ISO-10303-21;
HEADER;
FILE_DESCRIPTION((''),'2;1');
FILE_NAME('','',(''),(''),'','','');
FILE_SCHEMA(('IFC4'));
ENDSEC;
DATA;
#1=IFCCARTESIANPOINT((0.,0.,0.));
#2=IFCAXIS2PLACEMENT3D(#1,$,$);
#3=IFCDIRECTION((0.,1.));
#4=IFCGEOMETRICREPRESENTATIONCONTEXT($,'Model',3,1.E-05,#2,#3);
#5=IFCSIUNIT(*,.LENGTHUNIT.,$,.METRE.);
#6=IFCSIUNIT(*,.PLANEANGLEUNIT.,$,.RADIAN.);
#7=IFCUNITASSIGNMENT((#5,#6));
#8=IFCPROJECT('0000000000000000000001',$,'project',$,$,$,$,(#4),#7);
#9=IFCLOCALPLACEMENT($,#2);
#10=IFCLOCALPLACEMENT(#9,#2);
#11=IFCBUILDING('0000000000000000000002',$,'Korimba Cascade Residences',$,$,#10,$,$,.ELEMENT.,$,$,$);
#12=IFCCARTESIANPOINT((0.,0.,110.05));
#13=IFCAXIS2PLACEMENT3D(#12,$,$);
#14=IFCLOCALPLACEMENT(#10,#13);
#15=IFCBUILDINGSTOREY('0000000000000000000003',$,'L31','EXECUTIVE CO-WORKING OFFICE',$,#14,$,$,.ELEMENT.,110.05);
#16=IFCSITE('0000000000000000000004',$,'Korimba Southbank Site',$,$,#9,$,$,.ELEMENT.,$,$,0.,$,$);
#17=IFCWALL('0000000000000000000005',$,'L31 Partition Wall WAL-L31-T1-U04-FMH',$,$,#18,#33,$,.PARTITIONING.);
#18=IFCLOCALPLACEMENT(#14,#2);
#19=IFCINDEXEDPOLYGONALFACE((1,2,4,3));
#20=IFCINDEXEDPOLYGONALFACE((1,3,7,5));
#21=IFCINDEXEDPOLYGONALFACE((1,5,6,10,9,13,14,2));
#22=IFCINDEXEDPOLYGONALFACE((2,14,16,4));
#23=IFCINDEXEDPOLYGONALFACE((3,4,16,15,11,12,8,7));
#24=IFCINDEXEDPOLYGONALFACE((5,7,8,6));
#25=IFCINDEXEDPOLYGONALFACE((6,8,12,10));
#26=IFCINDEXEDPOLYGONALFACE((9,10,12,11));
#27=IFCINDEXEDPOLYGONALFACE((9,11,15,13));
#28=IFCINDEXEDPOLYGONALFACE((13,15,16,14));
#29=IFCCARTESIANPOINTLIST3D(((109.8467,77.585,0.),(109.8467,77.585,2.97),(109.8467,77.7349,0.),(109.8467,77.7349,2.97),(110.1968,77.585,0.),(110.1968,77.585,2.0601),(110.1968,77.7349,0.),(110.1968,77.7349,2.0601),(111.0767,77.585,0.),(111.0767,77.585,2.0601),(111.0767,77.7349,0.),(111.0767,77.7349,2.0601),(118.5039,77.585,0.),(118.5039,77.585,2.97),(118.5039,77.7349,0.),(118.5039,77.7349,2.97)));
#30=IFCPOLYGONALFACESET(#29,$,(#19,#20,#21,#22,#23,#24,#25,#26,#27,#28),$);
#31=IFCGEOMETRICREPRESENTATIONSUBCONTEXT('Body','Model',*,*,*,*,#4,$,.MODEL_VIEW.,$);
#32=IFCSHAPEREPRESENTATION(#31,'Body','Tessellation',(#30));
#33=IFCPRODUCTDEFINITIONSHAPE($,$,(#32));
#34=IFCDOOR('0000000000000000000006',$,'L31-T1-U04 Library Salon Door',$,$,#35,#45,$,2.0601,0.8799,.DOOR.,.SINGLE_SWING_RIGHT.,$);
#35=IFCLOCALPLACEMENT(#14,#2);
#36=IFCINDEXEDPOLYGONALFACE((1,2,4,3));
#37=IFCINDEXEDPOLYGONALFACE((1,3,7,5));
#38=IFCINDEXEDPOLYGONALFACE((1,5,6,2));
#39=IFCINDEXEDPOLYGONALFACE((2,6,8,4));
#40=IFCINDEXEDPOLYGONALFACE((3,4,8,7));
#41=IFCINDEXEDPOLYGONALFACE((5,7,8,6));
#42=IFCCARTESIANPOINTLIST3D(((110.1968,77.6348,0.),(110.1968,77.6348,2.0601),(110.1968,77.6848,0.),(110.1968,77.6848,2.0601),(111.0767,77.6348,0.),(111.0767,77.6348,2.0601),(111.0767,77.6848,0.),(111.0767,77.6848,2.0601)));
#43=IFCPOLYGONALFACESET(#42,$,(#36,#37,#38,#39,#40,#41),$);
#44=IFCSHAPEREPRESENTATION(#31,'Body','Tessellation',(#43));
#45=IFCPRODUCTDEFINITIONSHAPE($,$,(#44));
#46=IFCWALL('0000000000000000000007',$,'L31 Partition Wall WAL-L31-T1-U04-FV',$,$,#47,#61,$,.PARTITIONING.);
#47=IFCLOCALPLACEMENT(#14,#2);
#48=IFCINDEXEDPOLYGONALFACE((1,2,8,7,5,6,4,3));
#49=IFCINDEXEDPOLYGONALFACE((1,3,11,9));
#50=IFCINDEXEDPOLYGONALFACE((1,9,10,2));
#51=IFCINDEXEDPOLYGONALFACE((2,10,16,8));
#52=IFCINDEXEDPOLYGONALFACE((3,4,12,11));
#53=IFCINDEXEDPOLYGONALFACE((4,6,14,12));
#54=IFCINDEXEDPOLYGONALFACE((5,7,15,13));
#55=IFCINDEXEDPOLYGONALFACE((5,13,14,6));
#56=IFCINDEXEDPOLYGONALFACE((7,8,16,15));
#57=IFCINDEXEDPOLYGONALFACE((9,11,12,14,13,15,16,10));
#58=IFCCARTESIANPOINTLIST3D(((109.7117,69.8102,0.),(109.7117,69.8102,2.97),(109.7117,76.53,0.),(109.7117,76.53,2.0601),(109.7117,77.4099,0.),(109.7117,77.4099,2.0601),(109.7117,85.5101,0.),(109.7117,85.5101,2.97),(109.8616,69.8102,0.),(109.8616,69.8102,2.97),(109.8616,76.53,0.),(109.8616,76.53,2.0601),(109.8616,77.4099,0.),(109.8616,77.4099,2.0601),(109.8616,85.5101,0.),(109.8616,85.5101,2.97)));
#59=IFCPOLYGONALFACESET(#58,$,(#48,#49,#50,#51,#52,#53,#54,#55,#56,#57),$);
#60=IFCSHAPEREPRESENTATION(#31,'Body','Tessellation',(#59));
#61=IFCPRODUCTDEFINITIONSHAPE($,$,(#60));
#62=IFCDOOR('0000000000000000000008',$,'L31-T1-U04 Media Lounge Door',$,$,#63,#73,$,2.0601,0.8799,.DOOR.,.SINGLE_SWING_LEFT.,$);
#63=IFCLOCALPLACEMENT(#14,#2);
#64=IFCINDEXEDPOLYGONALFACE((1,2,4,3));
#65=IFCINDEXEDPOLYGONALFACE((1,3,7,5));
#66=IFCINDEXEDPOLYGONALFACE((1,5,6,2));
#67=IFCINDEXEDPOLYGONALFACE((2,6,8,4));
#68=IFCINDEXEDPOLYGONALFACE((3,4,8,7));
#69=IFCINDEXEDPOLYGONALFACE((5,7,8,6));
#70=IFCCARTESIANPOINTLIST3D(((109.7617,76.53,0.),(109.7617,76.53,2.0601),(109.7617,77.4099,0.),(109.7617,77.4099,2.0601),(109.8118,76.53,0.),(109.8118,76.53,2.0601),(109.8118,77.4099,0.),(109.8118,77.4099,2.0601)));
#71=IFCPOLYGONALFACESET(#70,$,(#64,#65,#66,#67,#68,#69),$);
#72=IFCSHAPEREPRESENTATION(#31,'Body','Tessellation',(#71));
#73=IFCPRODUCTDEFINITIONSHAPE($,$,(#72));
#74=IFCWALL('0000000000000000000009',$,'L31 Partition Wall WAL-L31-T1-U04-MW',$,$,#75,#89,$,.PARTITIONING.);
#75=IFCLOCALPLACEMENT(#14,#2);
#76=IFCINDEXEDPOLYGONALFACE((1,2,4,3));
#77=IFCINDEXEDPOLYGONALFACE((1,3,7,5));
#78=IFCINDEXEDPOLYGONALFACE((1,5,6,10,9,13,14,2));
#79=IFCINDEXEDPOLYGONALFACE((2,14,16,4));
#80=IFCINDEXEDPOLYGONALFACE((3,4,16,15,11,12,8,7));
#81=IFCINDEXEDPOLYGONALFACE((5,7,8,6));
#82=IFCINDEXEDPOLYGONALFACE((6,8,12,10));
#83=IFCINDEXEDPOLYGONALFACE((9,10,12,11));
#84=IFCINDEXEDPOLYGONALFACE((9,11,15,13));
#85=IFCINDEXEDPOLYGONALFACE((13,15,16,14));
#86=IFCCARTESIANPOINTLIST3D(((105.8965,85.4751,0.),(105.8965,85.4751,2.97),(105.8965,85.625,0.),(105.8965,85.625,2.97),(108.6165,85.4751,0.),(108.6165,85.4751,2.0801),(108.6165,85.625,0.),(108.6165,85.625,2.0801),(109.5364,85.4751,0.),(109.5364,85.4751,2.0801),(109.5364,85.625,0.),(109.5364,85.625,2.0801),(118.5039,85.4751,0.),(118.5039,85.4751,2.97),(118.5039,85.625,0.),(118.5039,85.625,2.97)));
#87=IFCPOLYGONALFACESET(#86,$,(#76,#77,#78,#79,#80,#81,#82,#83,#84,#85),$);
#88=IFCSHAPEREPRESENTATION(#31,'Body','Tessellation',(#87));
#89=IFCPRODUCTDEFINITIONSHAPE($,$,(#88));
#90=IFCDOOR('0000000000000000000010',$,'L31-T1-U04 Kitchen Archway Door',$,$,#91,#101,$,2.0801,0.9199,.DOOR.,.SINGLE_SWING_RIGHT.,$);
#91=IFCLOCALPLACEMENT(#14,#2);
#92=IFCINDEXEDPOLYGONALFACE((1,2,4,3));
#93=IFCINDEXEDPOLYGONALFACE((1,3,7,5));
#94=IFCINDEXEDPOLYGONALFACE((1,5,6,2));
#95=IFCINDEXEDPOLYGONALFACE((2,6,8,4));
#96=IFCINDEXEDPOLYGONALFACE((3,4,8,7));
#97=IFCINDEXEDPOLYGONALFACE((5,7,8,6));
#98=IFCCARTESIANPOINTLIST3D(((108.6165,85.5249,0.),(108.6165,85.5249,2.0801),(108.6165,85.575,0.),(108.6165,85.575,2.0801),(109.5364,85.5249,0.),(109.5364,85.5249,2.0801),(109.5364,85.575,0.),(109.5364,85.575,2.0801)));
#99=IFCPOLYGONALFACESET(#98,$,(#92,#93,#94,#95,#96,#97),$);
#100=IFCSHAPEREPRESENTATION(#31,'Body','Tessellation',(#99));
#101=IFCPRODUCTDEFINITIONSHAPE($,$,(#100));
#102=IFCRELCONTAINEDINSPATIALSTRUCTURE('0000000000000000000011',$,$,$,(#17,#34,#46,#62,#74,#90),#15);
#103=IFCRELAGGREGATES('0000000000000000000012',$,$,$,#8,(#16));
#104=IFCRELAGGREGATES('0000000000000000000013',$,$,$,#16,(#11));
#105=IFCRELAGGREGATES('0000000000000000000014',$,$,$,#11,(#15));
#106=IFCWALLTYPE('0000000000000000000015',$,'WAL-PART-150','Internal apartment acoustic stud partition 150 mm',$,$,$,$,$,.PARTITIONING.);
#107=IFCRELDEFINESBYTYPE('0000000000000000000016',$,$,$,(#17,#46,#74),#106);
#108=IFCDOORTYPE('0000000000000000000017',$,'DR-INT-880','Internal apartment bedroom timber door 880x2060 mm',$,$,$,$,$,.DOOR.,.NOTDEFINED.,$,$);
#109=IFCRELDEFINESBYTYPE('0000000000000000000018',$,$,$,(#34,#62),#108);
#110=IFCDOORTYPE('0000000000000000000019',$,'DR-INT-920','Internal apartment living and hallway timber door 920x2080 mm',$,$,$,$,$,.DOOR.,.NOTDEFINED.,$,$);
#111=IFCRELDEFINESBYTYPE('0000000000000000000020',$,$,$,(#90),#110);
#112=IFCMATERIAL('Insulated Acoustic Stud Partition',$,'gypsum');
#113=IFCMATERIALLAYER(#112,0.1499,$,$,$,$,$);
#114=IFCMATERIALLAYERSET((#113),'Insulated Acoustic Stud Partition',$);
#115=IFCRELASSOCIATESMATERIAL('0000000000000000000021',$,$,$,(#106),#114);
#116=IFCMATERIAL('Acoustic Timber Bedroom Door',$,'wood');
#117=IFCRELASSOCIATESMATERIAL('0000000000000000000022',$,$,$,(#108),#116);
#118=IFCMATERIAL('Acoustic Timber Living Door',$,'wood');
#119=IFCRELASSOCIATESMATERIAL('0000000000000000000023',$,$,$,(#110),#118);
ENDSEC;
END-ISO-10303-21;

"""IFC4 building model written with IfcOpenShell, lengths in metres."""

from ifc_helpers import new_model, si_unit, direction, frame, frame_2d, origin, place, context, subcontext, project, spatial, rectangle, extrude, material, layer, layer_set, type_object, element, fill, save


model = new_model("IFC4")

# Units and contexts
model_context = context("Model", 3, precision=1e-05, world=origin(), true_north=direction((0.0, 1.0)))
body_context = subcontext(model_context, "Body", "Model", "MODEL_VIEW")
ifc_project = project(units=[si_unit("LENGTHUNIT", "METRE"), si_unit("PLANEANGLEUNIT", "RADIAN")], contexts=[model_context])

# Site, building, storey
site_placement = place(None, origin())
site = spatial("IfcSite", under=ifc_project, at=site_placement, Name="Korimba Southbank Site", CompositionType="ELEMENT", RefElevation=0.0)
building_placement = place(site_placement, origin())
building = spatial("IfcBuilding", under=site, at=building_placement, Name="Korimba Cascade Residences", CompositionType="ELEMENT")
storey_placement = place(building_placement, frame((0.0, 0.0, 110.05)))
storey = spatial("IfcBuildingStorey", under=building, at=storey_placement, Name="L31", Description="EXECUTIVE CO-WORKING OFFICE", CompositionType="ELEMENT", Elevation=110.05)

# Walls, openings, doors
ifc_material_1 = material(Name="Insulated Acoustic Stud Partition", Category="gypsum")
ifc_layer_1 = layer(ifc_material_1, 0.1499)
ifc_layer_set_1 = layer_set([ifc_layer_1], Name="Insulated Acoustic Stud Partition")
wall_type_1 = type_object("IfcWallType", Name="WAL-PART-150", Description="Internal apartment acoustic stud partition 150 mm", PredefinedType="PARTITIONING", material=ifc_layer_set_1)
ifc_material_2 = material(Name="Acoustic Timber Bedroom Door", Category="wood")
door_type_1 = type_object("IfcDoorType", Name="DR-INT-880", Description="Internal apartment bedroom timber door 880x2060 mm", OperationType="NOTDEFINED", PredefinedType="DOOR", material=ifc_material_2)
wall_1_placement = place(storey_placement, frame((109.8467, 77.6599, 0.0), z_axis=(0.0, 0.0, 1.0), x_axis=(1.0, 0.0, 0.0)))
wall_1 = element("IfcWall", 1, at=wall_1_placement, inside=storey, type_object=wall_type_1, Name="L31 Partition Wall WAL-L31-T1-U04-FMH", PredefinedType="PARTITIONING", context=body_context, shape_type="SweptSolid", body=[
    extrude(rectangle(XDim=8.6572, YDim=0.1499, at=frame_2d((4.3286, 0.0))), origin(), (0.0, 0.0, 1.0), 2.97),
])
opening_1_placement = place(wall_1_placement, frame((0.3501, 0.0, 0.0)))
opening_1 = element("IfcOpeningElement", 2, at=opening_1_placement, cuts=wall_1, PredefinedType="OPENING", context=body_context, shape_type="SweptSolid", body=[
    extrude(rectangle(XDim=0.8799, YDim=2.0601, at=frame_2d((0.4399, 1.03))), frame((0.0, 0.085, 0.0), z_axis=(0.0, -1.0, 0.0), x_axis=(1.0, 0.0, 0.0)), (0.0, 0.0, 1.0), 0.1699),
])
door_1_placement = place(opening_1_placement, origin())
door_1 = element("IfcDoor", 3, at=door_1_placement, inside=storey, type_object=door_type_1, Name="L31-T1-U04 Library Salon Door", OperationType="SINGLE_SWING_RIGHT", OverallHeight=2.0601, OverallWidth=0.8799, PredefinedType="DOOR", context=body_context, shape_type="SweptSolid", body=[
    extrude(rectangle(XDim=0.8799, YDim=2.0601, at=frame_2d((0.4399, 1.03))), frame((0.0, 0.0249, 0.0), z_axis=(0.0, -1.0, 0.0), x_axis=(1.0, 0.0, 0.0)), (0.0, 0.0, 1.0), 0.05),
])
fill(opening_1, door_1)
wall_2_placement = place(storey_placement, frame((109.7866, 69.8101, 0.0), z_axis=(0.0, 0.0, 1.0), x_axis=(0.0, 1.0, 0.0)))
wall_2 = element("IfcWall", 4, at=wall_2_placement, inside=storey, type_object=wall_type_1, Name="L31 Partition Wall WAL-L31-T1-U04-FV", PredefinedType="PARTITIONING", context=body_context, shape_type="SweptSolid", body=[
    extrude(rectangle(XDim=15.7, YDim=0.1499, at=frame_2d((7.8501, 0.0))), origin(), (0.0, 0.0, 1.0), 2.97),
])
opening_2_placement = place(wall_2_placement, frame((6.72, 0.0, 0.0)))
opening_2 = element("IfcOpeningElement", 5, at=opening_2_placement, cuts=wall_2, PredefinedType="OPENING", context=body_context, shape_type="SweptSolid", body=[
    extrude(rectangle(XDim=0.8799, YDim=2.0601, at=frame_2d((0.4399, 1.03))), frame((0.0, 0.085, 0.0), z_axis=(0.0, -1.0, 0.0), x_axis=(1.0, 0.0, 0.0)), (0.0, 0.0, 1.0), 0.1699),
])
door_2_placement = place(opening_2_placement, origin())
door_2 = element("IfcDoor", 6, at=door_2_placement, inside=storey, type_object=door_type_1, Name="L31-T1-U04 Media Lounge Door", OperationType="SINGLE_SWING_LEFT", OverallHeight=2.0601, OverallWidth=0.8799, PredefinedType="DOOR", context=body_context, shape_type="SweptSolid", body=[
    extrude(rectangle(XDim=0.8799, YDim=2.0601, at=frame_2d((0.4399, 1.03))), frame((0.0, 0.0249, 0.0), z_axis=(0.0, -1.0, 0.0), x_axis=(1.0, 0.0, 0.0)), (0.0, 0.0, 1.0), 0.05),
])
fill(opening_2, door_2)
wall_3_placement = place(storey_placement, frame((105.8965, 85.55, 0.0), z_axis=(0.0, 0.0, 1.0), x_axis=(1.0, 0.0, 0.0)))
wall_3 = element("IfcWall", 7, at=wall_3_placement, inside=storey, type_object=wall_type_1, Name="L31 Partition Wall WAL-L31-T1-U04-MW", PredefinedType="PARTITIONING", context=body_context, shape_type="SweptSolid", body=[
    extrude(rectangle(XDim=12.6074, YDim=0.1499, at=frame_2d((6.3037, 0.0))), origin(), (0.0, 0.0, 1.0), 2.97),
])
opening_3_placement = place(wall_3_placement, frame((2.72, 0.0, 0.0)))
opening_3 = element("IfcOpeningElement", 8, at=opening_3_placement, cuts=wall_3, PredefinedType="OPENING", context=body_context, shape_type="SweptSolid", body=[
    extrude(rectangle(XDim=0.9199, YDim=2.0801, at=frame_2d((0.46, 1.04))), frame((0.0, 0.085, 0.0), z_axis=(0.0, -1.0, 0.0), x_axis=(1.0, 0.0, 0.0)), (0.0, 0.0, 1.0), 0.1699),
])
ifc_material_3 = material(Name="Acoustic Timber Living Door", Category="wood")
door_type_2 = type_object("IfcDoorType", Name="DR-INT-920", Description="Internal apartment living and hallway timber door 920x2080 mm", OperationType="NOTDEFINED", PredefinedType="DOOR", material=ifc_material_3)
door_3_placement = place(opening_3_placement, origin())
door_3 = element("IfcDoor", 9, at=door_3_placement, inside=storey, type_object=door_type_2, Name="L31-T1-U04 Kitchen Archway Door", OperationType="SINGLE_SWING_RIGHT", OverallHeight=2.0801, OverallWidth=0.9199, PredefinedType="DOOR", context=body_context, shape_type="SweptSolid", body=[
    extrude(rectangle(XDim=0.9199, YDim=2.0801, at=frame_2d((0.46, 1.04))), frame((0.0, 0.0249, 0.0), z_axis=(0.0, -1.0, 0.0), x_axis=(1.0, 0.0, 0.0)), (0.0, 0.0, 1.0), 0.05),
])
fill(opening_3, door_3)

save(model, "model.ifc")
